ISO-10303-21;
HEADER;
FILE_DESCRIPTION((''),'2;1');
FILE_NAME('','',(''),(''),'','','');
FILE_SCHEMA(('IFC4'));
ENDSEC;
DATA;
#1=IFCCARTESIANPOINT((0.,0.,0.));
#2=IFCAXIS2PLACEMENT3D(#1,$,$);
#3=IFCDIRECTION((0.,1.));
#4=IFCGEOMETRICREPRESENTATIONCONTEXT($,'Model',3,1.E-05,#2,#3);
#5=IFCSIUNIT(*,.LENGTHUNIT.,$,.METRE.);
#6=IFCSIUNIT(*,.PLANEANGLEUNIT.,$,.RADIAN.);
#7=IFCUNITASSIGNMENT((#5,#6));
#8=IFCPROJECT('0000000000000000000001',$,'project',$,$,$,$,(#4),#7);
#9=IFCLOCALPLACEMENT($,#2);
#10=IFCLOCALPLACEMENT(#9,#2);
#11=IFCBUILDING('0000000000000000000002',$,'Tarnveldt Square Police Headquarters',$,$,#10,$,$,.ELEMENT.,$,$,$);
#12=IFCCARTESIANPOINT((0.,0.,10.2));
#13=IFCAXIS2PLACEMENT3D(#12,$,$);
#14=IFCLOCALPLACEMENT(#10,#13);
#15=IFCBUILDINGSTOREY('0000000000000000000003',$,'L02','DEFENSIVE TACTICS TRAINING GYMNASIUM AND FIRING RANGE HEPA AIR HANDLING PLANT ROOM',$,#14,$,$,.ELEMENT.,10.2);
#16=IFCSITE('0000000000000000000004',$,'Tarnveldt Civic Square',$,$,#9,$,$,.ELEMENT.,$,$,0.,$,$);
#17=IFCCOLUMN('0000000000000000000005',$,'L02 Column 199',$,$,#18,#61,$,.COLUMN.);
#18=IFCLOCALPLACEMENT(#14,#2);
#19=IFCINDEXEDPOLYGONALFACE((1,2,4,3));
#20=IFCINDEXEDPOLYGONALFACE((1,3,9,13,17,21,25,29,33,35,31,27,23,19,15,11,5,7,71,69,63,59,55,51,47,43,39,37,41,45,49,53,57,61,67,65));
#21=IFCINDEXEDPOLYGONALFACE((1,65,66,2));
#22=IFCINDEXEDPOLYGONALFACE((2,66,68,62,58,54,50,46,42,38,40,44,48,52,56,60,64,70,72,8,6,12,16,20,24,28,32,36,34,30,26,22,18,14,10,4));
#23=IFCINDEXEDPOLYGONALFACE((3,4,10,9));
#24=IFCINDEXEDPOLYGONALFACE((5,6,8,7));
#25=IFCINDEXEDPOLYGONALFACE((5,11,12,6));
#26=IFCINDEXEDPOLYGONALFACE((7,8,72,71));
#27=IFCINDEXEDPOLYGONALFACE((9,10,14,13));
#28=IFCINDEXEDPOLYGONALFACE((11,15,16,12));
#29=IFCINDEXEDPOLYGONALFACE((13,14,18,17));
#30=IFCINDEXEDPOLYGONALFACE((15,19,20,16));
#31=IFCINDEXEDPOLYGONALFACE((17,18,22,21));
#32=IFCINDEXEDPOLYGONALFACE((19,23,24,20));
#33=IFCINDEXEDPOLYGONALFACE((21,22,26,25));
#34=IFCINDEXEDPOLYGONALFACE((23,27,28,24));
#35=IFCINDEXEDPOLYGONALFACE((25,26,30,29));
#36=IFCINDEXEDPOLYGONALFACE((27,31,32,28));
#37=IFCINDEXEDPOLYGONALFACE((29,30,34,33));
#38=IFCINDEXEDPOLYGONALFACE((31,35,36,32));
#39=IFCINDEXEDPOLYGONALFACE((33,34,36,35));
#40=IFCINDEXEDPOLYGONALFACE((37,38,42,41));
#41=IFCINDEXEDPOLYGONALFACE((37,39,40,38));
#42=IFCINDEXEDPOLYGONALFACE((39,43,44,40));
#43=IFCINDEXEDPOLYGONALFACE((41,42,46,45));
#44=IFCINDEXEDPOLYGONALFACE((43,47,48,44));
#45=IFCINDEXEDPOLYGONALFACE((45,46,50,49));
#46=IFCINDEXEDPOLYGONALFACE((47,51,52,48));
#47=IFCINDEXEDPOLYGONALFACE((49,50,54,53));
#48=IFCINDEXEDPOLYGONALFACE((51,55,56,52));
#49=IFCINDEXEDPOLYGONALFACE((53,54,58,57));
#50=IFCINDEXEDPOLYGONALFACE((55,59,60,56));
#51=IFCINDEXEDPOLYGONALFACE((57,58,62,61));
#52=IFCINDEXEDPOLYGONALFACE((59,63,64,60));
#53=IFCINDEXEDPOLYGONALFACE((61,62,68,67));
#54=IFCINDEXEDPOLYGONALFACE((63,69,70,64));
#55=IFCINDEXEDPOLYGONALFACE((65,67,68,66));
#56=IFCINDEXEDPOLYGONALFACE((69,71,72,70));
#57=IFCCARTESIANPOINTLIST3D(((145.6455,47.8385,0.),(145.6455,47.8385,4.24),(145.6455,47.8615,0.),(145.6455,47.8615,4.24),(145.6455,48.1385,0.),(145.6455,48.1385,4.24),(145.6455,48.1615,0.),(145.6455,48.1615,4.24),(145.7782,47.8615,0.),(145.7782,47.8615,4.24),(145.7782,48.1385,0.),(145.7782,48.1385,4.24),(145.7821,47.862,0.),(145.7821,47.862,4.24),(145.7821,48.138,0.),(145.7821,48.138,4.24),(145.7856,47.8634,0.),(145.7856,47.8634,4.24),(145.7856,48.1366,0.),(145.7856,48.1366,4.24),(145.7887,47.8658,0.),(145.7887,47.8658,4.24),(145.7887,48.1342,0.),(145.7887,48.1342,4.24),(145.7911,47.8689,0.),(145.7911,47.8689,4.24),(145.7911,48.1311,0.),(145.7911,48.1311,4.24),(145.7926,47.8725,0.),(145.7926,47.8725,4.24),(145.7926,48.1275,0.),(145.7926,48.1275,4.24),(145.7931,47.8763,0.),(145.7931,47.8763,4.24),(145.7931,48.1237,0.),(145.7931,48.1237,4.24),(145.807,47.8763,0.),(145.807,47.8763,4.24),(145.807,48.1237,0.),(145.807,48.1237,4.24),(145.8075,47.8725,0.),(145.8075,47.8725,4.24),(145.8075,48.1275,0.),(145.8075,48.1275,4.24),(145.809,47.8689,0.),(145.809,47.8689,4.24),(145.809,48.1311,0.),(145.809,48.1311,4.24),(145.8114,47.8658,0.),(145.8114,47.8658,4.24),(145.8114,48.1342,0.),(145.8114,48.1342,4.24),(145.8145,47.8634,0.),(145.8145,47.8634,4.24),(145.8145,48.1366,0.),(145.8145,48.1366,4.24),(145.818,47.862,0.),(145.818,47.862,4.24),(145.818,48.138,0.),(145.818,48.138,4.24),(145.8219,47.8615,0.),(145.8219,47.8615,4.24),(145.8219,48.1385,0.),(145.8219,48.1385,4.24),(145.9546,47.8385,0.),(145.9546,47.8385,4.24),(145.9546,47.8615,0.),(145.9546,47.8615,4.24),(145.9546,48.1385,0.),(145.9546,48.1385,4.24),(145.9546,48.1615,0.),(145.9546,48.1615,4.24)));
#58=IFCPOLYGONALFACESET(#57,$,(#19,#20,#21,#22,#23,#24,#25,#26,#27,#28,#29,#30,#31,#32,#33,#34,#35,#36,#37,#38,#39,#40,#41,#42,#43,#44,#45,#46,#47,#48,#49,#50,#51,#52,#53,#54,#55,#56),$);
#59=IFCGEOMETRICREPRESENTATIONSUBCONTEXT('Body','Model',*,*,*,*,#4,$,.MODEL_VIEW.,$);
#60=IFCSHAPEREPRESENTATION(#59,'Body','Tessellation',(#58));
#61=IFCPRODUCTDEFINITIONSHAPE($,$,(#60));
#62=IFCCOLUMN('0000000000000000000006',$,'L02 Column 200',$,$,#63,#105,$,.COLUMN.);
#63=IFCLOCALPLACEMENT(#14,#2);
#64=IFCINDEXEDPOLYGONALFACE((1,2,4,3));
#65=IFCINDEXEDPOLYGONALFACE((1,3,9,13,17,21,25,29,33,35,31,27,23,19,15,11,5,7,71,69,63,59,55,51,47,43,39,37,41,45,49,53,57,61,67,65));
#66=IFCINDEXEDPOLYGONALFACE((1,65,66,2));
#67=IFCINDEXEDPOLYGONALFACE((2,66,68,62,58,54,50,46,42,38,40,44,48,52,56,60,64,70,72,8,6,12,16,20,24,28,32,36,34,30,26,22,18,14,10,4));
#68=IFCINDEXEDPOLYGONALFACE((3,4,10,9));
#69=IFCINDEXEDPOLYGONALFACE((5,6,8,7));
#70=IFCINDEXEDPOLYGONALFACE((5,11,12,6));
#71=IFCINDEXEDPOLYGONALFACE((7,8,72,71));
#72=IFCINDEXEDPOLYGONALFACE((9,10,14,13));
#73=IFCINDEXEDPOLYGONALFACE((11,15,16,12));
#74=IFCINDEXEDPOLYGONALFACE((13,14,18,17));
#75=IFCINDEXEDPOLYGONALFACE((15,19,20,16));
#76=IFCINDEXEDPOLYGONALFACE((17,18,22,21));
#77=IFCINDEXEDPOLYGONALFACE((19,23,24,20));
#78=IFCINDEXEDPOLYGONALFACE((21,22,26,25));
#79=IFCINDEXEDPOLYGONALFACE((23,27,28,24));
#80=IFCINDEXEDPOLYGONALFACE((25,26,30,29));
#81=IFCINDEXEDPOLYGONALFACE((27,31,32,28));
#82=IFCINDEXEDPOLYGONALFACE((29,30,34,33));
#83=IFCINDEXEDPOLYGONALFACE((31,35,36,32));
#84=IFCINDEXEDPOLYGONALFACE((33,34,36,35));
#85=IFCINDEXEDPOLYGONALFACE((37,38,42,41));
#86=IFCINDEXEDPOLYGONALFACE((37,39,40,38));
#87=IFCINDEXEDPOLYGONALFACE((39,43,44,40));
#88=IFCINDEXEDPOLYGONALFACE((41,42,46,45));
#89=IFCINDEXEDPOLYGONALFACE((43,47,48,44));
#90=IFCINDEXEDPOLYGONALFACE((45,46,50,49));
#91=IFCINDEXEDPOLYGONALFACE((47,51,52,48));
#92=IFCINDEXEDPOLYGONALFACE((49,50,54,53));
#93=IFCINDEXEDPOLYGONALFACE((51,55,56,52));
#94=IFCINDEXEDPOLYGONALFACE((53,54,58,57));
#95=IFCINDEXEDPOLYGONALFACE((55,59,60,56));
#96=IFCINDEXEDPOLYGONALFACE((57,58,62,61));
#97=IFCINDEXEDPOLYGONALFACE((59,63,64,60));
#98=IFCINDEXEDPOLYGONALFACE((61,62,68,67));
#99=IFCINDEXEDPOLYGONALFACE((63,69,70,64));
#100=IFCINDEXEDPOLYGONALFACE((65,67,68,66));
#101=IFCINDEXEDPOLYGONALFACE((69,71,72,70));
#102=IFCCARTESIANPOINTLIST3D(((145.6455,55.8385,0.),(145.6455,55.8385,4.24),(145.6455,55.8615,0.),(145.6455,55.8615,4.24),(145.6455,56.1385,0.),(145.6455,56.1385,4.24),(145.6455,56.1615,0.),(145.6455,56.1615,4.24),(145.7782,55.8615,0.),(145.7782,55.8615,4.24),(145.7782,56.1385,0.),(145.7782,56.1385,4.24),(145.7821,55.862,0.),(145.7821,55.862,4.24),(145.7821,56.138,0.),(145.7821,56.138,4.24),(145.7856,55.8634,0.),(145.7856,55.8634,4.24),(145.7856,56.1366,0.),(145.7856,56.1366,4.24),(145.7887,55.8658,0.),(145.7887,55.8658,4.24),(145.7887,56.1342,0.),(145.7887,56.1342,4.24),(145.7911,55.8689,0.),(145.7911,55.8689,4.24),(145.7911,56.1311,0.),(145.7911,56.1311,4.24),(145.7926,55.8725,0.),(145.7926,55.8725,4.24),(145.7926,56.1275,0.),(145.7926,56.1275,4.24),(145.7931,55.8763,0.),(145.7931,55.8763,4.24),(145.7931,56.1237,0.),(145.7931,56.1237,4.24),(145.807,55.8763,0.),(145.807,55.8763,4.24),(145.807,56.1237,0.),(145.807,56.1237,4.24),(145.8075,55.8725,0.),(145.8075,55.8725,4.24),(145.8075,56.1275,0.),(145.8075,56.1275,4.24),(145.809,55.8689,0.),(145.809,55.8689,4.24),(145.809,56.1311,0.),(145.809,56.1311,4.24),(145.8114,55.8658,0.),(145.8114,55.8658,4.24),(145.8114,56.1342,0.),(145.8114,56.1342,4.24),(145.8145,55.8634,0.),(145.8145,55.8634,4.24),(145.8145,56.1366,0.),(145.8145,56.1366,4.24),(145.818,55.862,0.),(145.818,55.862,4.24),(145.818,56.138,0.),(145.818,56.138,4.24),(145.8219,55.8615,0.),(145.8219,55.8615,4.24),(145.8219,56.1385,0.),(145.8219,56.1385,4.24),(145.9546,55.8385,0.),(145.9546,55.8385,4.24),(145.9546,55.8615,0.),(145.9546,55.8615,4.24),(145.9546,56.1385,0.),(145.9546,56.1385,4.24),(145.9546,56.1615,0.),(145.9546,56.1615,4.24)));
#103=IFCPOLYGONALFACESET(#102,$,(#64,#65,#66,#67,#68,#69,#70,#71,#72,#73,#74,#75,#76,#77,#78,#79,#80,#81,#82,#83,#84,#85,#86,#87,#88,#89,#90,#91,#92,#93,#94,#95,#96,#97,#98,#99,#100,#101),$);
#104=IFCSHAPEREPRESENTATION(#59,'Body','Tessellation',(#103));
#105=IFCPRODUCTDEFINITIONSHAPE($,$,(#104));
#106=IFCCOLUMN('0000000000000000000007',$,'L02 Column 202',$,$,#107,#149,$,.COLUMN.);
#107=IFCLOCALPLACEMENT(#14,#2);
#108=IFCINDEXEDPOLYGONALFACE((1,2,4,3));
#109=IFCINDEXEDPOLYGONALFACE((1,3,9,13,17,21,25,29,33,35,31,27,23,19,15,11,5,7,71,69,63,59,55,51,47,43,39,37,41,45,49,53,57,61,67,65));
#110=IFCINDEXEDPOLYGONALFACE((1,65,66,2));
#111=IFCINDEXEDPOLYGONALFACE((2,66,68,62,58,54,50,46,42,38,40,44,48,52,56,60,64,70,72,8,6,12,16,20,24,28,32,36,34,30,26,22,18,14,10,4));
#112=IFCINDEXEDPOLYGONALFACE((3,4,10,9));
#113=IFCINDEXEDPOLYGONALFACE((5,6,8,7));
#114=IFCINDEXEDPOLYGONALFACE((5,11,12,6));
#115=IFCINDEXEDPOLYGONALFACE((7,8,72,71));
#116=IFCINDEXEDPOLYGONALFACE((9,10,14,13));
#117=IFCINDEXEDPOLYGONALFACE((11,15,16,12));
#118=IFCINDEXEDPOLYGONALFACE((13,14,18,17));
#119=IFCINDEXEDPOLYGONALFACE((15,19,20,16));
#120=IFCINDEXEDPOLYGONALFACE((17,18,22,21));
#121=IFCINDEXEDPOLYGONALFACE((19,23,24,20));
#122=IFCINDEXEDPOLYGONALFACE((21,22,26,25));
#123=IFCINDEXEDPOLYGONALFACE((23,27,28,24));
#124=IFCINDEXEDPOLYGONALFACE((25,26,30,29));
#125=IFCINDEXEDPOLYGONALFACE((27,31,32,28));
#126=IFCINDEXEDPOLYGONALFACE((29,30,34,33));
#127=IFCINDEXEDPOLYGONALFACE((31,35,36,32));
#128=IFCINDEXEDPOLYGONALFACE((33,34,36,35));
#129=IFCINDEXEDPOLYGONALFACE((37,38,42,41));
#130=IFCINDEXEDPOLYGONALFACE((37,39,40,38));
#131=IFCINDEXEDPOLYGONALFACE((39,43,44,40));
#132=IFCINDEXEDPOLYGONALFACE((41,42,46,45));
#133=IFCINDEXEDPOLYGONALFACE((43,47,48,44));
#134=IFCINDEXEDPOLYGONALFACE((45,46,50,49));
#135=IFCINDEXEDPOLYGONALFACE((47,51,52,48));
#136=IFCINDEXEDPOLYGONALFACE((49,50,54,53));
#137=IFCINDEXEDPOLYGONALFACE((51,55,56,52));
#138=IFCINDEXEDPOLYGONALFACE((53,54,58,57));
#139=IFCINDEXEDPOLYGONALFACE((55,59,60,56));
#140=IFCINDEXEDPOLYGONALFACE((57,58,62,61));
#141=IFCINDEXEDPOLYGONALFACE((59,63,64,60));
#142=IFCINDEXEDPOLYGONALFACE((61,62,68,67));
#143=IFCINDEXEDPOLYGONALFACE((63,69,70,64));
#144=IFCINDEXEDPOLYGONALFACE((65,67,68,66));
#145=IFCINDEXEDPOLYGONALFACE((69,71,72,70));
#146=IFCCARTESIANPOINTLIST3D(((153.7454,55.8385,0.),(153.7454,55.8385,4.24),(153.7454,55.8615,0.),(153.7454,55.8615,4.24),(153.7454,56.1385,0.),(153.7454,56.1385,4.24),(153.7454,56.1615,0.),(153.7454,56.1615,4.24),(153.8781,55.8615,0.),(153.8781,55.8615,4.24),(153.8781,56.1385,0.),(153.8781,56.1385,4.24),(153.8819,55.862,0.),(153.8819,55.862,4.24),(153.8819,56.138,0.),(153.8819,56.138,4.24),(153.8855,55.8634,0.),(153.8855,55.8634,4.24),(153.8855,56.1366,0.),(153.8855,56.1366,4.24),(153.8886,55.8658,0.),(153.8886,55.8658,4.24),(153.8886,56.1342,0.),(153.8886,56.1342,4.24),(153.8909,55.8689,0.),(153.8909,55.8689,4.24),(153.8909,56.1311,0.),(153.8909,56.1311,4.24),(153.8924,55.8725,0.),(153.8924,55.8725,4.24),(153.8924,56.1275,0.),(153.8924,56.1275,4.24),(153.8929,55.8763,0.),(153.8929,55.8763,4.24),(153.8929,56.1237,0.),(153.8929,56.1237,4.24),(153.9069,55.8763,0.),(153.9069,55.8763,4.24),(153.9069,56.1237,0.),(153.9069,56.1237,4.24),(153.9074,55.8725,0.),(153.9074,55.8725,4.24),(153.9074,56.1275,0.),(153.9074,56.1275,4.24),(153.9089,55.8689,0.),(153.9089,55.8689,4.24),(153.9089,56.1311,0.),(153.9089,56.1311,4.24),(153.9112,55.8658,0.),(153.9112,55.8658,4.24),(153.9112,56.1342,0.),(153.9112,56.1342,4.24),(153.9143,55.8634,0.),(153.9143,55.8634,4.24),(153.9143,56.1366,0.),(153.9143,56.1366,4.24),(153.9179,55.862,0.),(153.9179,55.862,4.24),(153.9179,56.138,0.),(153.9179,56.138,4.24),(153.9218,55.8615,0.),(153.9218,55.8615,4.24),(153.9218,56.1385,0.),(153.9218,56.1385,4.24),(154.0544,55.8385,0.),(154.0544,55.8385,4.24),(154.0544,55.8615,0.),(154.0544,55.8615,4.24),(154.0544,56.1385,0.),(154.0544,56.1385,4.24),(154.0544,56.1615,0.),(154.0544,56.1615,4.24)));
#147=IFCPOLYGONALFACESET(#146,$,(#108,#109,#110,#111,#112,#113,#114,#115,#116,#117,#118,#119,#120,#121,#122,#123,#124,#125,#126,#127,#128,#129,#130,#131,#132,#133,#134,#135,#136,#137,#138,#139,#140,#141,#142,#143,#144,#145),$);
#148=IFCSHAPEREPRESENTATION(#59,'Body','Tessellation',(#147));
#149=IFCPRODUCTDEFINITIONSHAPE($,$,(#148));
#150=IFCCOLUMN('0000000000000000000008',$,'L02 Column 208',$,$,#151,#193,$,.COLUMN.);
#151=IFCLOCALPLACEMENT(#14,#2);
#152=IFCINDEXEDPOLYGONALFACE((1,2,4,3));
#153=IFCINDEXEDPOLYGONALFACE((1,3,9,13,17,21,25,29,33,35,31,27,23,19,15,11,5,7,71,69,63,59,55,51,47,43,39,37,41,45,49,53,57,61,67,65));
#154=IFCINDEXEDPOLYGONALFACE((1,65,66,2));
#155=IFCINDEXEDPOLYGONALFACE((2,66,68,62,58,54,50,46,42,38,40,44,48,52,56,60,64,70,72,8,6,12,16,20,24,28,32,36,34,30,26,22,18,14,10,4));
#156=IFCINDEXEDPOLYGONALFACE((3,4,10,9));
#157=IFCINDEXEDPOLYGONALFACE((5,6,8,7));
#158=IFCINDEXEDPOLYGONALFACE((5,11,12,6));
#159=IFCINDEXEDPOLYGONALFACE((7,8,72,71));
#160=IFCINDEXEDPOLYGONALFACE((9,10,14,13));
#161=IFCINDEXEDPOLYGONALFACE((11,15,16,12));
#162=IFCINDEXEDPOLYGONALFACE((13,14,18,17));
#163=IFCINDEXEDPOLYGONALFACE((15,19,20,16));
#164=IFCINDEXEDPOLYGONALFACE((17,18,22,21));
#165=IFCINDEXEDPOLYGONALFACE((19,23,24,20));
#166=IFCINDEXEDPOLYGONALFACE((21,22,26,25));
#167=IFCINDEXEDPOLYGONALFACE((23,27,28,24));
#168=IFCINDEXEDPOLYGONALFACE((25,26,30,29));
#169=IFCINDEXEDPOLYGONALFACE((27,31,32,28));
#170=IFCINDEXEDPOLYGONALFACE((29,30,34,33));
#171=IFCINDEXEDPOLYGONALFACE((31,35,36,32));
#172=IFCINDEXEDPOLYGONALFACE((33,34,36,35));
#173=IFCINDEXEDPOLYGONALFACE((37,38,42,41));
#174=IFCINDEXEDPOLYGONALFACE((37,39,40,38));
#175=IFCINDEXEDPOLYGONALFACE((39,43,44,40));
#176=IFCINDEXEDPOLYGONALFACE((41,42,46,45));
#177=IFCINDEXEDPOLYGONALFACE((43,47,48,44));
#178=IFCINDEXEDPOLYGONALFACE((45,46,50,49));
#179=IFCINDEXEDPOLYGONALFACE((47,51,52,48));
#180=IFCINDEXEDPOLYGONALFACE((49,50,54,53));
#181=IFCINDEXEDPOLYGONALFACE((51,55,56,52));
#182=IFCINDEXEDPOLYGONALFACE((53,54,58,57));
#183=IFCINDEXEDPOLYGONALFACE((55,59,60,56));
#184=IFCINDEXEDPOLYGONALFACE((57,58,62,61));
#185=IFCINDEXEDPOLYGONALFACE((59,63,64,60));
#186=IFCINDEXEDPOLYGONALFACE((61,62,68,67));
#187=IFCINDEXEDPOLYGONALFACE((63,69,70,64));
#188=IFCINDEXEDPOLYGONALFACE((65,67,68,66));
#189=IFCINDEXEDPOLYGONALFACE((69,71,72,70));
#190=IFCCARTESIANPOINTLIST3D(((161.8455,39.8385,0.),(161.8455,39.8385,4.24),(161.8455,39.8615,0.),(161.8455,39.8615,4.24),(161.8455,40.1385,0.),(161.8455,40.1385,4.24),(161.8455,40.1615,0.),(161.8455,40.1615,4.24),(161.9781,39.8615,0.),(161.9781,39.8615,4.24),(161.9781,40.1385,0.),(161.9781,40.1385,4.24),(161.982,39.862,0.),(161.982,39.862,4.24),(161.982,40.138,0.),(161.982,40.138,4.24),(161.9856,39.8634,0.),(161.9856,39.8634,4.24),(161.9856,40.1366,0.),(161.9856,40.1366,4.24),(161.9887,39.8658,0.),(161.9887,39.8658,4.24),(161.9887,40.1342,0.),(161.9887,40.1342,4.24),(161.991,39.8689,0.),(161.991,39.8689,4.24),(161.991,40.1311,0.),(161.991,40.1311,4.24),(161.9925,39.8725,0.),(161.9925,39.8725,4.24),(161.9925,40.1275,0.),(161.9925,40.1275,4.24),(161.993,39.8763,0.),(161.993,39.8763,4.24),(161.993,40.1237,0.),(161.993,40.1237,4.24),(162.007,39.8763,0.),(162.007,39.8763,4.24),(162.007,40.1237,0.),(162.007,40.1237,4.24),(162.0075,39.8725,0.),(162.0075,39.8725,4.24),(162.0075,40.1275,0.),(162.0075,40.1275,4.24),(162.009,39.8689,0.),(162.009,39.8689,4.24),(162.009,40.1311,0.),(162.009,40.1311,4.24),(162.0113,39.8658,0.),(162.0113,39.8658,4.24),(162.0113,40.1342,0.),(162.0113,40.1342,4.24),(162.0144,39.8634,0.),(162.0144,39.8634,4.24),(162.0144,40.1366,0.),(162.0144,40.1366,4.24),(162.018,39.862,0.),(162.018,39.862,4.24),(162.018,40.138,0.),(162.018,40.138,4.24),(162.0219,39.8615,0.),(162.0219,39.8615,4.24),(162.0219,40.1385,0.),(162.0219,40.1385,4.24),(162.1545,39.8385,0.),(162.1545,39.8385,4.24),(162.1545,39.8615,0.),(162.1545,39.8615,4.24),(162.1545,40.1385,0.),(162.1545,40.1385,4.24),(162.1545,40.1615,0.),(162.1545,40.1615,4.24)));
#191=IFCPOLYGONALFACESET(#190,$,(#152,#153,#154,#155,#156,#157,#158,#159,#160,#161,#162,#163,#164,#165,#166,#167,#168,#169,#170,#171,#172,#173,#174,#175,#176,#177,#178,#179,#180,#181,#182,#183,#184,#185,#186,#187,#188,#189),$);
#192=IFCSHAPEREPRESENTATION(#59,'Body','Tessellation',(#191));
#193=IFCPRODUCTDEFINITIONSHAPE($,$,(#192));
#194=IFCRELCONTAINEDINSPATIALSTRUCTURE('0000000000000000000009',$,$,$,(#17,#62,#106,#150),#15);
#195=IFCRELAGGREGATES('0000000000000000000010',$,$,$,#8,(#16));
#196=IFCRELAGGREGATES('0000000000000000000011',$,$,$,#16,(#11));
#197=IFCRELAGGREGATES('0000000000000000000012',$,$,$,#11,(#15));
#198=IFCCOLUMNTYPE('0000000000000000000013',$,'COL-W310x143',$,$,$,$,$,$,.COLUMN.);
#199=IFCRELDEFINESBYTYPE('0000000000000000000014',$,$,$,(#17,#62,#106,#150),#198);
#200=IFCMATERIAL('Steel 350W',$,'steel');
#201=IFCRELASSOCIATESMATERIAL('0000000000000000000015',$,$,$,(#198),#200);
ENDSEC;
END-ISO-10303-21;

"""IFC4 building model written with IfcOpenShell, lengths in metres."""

from ifc_helpers import new_model, si_unit, direction, frame, origin, origin_2d, place, context, subcontext, project, spatial, i_section, extrude, material, material_profile, profile_set, type_object, element, save


model = new_model("IFC4")

# Units and contexts
model_context = context("Model", 3, precision=1e-05, world=origin(), true_north=direction((0.0, 1.0)))
body_context = subcontext(model_context, "Body", "Model", "MODEL_VIEW")
ifc_project = project(units=[si_unit("LENGTHUNIT", "METRE"), si_unit("PLANEANGLEUNIT", "RADIAN")], contexts=[model_context])

# Site, building, storey
site_placement = place(None, origin())
site = spatial("IfcSite", under=ifc_project, at=site_placement, Name="Tarnveldt Civic Square", CompositionType="ELEMENT", RefElevation=0.0)
building_placement = place(site_placement, origin())
building = spatial("IfcBuilding", under=site, at=building_placement, Name="Tarnveldt Square Police Headquarters", CompositionType="ELEMENT")
storey_placement = place(building_placement, frame((0.0, 0.0, 10.2)))
storey = spatial("IfcBuildingStorey", under=building, at=storey_placement, Name="L02", Description="DEFENSIVE TACTICS TRAINING GYMNASIUM AND FIRING RANGE HEPA AIR HANDLING PLANT ROOM", CompositionType="ELEMENT", Elevation=10.2)

# Columns
ifc_material_1 = material(Name="Steel 350W", Category="steel")
ifc_material_profile_1 = material_profile(ifc_material_1, i_section(OverallWidth=0.3091, OverallDepth=0.323, WebThickness=0.0139, FlangeThickness=0.0229, FilletRadius=0.0149, at=origin_2d()), Name="W310x143")
ifc_profile_set_1 = profile_set([ifc_material_profile_1], Name="Steel 350W")
column_type = type_object("IfcColumnType", Name="COL-W310x143", PredefinedType="COLUMN", material=ifc_profile_set_1)
for number, where, z_axis, x_axis, name in (
    (1, (145.8, 48.0, 0.0), (0.0, 0.0, 1.0), (1.0, 0.0, 0.0), "L02 Column 199"),
    (2, (145.8, 56.0, 0.0), (0.0, 0.0, 1.0), (1.0, 0.0, 0.0), "L02 Column 200"),
    (3, (153.8999, 56.0, 0.0), (0.0, 0.0, 1.0), (1.0, 0.0, 0.0), "L02 Column 202"),
    (4, (162.0, 40.0, 0.0), (0.0, 0.0, 1.0), (1.0, 0.0, 0.0), "L02 Column 208"),
):
    element("IfcColumn", number, at=place(storey_placement, frame(where, z_axis=z_axis, x_axis=x_axis)), inside=storey, type_object=column_type, Name=name, PredefinedType="COLUMN", context=body_context, shape_type="SweptSolid", body=[
        extrude(i_section(OverallWidth=0.3091, OverallDepth=0.323, WebThickness=0.0139, FlangeThickness=0.0229, FilletRadius=0.0149, at=origin_2d()), origin(), (0.0, 0.0, 1.0), 4.24),
    ])

save(model, "model.ifc")
